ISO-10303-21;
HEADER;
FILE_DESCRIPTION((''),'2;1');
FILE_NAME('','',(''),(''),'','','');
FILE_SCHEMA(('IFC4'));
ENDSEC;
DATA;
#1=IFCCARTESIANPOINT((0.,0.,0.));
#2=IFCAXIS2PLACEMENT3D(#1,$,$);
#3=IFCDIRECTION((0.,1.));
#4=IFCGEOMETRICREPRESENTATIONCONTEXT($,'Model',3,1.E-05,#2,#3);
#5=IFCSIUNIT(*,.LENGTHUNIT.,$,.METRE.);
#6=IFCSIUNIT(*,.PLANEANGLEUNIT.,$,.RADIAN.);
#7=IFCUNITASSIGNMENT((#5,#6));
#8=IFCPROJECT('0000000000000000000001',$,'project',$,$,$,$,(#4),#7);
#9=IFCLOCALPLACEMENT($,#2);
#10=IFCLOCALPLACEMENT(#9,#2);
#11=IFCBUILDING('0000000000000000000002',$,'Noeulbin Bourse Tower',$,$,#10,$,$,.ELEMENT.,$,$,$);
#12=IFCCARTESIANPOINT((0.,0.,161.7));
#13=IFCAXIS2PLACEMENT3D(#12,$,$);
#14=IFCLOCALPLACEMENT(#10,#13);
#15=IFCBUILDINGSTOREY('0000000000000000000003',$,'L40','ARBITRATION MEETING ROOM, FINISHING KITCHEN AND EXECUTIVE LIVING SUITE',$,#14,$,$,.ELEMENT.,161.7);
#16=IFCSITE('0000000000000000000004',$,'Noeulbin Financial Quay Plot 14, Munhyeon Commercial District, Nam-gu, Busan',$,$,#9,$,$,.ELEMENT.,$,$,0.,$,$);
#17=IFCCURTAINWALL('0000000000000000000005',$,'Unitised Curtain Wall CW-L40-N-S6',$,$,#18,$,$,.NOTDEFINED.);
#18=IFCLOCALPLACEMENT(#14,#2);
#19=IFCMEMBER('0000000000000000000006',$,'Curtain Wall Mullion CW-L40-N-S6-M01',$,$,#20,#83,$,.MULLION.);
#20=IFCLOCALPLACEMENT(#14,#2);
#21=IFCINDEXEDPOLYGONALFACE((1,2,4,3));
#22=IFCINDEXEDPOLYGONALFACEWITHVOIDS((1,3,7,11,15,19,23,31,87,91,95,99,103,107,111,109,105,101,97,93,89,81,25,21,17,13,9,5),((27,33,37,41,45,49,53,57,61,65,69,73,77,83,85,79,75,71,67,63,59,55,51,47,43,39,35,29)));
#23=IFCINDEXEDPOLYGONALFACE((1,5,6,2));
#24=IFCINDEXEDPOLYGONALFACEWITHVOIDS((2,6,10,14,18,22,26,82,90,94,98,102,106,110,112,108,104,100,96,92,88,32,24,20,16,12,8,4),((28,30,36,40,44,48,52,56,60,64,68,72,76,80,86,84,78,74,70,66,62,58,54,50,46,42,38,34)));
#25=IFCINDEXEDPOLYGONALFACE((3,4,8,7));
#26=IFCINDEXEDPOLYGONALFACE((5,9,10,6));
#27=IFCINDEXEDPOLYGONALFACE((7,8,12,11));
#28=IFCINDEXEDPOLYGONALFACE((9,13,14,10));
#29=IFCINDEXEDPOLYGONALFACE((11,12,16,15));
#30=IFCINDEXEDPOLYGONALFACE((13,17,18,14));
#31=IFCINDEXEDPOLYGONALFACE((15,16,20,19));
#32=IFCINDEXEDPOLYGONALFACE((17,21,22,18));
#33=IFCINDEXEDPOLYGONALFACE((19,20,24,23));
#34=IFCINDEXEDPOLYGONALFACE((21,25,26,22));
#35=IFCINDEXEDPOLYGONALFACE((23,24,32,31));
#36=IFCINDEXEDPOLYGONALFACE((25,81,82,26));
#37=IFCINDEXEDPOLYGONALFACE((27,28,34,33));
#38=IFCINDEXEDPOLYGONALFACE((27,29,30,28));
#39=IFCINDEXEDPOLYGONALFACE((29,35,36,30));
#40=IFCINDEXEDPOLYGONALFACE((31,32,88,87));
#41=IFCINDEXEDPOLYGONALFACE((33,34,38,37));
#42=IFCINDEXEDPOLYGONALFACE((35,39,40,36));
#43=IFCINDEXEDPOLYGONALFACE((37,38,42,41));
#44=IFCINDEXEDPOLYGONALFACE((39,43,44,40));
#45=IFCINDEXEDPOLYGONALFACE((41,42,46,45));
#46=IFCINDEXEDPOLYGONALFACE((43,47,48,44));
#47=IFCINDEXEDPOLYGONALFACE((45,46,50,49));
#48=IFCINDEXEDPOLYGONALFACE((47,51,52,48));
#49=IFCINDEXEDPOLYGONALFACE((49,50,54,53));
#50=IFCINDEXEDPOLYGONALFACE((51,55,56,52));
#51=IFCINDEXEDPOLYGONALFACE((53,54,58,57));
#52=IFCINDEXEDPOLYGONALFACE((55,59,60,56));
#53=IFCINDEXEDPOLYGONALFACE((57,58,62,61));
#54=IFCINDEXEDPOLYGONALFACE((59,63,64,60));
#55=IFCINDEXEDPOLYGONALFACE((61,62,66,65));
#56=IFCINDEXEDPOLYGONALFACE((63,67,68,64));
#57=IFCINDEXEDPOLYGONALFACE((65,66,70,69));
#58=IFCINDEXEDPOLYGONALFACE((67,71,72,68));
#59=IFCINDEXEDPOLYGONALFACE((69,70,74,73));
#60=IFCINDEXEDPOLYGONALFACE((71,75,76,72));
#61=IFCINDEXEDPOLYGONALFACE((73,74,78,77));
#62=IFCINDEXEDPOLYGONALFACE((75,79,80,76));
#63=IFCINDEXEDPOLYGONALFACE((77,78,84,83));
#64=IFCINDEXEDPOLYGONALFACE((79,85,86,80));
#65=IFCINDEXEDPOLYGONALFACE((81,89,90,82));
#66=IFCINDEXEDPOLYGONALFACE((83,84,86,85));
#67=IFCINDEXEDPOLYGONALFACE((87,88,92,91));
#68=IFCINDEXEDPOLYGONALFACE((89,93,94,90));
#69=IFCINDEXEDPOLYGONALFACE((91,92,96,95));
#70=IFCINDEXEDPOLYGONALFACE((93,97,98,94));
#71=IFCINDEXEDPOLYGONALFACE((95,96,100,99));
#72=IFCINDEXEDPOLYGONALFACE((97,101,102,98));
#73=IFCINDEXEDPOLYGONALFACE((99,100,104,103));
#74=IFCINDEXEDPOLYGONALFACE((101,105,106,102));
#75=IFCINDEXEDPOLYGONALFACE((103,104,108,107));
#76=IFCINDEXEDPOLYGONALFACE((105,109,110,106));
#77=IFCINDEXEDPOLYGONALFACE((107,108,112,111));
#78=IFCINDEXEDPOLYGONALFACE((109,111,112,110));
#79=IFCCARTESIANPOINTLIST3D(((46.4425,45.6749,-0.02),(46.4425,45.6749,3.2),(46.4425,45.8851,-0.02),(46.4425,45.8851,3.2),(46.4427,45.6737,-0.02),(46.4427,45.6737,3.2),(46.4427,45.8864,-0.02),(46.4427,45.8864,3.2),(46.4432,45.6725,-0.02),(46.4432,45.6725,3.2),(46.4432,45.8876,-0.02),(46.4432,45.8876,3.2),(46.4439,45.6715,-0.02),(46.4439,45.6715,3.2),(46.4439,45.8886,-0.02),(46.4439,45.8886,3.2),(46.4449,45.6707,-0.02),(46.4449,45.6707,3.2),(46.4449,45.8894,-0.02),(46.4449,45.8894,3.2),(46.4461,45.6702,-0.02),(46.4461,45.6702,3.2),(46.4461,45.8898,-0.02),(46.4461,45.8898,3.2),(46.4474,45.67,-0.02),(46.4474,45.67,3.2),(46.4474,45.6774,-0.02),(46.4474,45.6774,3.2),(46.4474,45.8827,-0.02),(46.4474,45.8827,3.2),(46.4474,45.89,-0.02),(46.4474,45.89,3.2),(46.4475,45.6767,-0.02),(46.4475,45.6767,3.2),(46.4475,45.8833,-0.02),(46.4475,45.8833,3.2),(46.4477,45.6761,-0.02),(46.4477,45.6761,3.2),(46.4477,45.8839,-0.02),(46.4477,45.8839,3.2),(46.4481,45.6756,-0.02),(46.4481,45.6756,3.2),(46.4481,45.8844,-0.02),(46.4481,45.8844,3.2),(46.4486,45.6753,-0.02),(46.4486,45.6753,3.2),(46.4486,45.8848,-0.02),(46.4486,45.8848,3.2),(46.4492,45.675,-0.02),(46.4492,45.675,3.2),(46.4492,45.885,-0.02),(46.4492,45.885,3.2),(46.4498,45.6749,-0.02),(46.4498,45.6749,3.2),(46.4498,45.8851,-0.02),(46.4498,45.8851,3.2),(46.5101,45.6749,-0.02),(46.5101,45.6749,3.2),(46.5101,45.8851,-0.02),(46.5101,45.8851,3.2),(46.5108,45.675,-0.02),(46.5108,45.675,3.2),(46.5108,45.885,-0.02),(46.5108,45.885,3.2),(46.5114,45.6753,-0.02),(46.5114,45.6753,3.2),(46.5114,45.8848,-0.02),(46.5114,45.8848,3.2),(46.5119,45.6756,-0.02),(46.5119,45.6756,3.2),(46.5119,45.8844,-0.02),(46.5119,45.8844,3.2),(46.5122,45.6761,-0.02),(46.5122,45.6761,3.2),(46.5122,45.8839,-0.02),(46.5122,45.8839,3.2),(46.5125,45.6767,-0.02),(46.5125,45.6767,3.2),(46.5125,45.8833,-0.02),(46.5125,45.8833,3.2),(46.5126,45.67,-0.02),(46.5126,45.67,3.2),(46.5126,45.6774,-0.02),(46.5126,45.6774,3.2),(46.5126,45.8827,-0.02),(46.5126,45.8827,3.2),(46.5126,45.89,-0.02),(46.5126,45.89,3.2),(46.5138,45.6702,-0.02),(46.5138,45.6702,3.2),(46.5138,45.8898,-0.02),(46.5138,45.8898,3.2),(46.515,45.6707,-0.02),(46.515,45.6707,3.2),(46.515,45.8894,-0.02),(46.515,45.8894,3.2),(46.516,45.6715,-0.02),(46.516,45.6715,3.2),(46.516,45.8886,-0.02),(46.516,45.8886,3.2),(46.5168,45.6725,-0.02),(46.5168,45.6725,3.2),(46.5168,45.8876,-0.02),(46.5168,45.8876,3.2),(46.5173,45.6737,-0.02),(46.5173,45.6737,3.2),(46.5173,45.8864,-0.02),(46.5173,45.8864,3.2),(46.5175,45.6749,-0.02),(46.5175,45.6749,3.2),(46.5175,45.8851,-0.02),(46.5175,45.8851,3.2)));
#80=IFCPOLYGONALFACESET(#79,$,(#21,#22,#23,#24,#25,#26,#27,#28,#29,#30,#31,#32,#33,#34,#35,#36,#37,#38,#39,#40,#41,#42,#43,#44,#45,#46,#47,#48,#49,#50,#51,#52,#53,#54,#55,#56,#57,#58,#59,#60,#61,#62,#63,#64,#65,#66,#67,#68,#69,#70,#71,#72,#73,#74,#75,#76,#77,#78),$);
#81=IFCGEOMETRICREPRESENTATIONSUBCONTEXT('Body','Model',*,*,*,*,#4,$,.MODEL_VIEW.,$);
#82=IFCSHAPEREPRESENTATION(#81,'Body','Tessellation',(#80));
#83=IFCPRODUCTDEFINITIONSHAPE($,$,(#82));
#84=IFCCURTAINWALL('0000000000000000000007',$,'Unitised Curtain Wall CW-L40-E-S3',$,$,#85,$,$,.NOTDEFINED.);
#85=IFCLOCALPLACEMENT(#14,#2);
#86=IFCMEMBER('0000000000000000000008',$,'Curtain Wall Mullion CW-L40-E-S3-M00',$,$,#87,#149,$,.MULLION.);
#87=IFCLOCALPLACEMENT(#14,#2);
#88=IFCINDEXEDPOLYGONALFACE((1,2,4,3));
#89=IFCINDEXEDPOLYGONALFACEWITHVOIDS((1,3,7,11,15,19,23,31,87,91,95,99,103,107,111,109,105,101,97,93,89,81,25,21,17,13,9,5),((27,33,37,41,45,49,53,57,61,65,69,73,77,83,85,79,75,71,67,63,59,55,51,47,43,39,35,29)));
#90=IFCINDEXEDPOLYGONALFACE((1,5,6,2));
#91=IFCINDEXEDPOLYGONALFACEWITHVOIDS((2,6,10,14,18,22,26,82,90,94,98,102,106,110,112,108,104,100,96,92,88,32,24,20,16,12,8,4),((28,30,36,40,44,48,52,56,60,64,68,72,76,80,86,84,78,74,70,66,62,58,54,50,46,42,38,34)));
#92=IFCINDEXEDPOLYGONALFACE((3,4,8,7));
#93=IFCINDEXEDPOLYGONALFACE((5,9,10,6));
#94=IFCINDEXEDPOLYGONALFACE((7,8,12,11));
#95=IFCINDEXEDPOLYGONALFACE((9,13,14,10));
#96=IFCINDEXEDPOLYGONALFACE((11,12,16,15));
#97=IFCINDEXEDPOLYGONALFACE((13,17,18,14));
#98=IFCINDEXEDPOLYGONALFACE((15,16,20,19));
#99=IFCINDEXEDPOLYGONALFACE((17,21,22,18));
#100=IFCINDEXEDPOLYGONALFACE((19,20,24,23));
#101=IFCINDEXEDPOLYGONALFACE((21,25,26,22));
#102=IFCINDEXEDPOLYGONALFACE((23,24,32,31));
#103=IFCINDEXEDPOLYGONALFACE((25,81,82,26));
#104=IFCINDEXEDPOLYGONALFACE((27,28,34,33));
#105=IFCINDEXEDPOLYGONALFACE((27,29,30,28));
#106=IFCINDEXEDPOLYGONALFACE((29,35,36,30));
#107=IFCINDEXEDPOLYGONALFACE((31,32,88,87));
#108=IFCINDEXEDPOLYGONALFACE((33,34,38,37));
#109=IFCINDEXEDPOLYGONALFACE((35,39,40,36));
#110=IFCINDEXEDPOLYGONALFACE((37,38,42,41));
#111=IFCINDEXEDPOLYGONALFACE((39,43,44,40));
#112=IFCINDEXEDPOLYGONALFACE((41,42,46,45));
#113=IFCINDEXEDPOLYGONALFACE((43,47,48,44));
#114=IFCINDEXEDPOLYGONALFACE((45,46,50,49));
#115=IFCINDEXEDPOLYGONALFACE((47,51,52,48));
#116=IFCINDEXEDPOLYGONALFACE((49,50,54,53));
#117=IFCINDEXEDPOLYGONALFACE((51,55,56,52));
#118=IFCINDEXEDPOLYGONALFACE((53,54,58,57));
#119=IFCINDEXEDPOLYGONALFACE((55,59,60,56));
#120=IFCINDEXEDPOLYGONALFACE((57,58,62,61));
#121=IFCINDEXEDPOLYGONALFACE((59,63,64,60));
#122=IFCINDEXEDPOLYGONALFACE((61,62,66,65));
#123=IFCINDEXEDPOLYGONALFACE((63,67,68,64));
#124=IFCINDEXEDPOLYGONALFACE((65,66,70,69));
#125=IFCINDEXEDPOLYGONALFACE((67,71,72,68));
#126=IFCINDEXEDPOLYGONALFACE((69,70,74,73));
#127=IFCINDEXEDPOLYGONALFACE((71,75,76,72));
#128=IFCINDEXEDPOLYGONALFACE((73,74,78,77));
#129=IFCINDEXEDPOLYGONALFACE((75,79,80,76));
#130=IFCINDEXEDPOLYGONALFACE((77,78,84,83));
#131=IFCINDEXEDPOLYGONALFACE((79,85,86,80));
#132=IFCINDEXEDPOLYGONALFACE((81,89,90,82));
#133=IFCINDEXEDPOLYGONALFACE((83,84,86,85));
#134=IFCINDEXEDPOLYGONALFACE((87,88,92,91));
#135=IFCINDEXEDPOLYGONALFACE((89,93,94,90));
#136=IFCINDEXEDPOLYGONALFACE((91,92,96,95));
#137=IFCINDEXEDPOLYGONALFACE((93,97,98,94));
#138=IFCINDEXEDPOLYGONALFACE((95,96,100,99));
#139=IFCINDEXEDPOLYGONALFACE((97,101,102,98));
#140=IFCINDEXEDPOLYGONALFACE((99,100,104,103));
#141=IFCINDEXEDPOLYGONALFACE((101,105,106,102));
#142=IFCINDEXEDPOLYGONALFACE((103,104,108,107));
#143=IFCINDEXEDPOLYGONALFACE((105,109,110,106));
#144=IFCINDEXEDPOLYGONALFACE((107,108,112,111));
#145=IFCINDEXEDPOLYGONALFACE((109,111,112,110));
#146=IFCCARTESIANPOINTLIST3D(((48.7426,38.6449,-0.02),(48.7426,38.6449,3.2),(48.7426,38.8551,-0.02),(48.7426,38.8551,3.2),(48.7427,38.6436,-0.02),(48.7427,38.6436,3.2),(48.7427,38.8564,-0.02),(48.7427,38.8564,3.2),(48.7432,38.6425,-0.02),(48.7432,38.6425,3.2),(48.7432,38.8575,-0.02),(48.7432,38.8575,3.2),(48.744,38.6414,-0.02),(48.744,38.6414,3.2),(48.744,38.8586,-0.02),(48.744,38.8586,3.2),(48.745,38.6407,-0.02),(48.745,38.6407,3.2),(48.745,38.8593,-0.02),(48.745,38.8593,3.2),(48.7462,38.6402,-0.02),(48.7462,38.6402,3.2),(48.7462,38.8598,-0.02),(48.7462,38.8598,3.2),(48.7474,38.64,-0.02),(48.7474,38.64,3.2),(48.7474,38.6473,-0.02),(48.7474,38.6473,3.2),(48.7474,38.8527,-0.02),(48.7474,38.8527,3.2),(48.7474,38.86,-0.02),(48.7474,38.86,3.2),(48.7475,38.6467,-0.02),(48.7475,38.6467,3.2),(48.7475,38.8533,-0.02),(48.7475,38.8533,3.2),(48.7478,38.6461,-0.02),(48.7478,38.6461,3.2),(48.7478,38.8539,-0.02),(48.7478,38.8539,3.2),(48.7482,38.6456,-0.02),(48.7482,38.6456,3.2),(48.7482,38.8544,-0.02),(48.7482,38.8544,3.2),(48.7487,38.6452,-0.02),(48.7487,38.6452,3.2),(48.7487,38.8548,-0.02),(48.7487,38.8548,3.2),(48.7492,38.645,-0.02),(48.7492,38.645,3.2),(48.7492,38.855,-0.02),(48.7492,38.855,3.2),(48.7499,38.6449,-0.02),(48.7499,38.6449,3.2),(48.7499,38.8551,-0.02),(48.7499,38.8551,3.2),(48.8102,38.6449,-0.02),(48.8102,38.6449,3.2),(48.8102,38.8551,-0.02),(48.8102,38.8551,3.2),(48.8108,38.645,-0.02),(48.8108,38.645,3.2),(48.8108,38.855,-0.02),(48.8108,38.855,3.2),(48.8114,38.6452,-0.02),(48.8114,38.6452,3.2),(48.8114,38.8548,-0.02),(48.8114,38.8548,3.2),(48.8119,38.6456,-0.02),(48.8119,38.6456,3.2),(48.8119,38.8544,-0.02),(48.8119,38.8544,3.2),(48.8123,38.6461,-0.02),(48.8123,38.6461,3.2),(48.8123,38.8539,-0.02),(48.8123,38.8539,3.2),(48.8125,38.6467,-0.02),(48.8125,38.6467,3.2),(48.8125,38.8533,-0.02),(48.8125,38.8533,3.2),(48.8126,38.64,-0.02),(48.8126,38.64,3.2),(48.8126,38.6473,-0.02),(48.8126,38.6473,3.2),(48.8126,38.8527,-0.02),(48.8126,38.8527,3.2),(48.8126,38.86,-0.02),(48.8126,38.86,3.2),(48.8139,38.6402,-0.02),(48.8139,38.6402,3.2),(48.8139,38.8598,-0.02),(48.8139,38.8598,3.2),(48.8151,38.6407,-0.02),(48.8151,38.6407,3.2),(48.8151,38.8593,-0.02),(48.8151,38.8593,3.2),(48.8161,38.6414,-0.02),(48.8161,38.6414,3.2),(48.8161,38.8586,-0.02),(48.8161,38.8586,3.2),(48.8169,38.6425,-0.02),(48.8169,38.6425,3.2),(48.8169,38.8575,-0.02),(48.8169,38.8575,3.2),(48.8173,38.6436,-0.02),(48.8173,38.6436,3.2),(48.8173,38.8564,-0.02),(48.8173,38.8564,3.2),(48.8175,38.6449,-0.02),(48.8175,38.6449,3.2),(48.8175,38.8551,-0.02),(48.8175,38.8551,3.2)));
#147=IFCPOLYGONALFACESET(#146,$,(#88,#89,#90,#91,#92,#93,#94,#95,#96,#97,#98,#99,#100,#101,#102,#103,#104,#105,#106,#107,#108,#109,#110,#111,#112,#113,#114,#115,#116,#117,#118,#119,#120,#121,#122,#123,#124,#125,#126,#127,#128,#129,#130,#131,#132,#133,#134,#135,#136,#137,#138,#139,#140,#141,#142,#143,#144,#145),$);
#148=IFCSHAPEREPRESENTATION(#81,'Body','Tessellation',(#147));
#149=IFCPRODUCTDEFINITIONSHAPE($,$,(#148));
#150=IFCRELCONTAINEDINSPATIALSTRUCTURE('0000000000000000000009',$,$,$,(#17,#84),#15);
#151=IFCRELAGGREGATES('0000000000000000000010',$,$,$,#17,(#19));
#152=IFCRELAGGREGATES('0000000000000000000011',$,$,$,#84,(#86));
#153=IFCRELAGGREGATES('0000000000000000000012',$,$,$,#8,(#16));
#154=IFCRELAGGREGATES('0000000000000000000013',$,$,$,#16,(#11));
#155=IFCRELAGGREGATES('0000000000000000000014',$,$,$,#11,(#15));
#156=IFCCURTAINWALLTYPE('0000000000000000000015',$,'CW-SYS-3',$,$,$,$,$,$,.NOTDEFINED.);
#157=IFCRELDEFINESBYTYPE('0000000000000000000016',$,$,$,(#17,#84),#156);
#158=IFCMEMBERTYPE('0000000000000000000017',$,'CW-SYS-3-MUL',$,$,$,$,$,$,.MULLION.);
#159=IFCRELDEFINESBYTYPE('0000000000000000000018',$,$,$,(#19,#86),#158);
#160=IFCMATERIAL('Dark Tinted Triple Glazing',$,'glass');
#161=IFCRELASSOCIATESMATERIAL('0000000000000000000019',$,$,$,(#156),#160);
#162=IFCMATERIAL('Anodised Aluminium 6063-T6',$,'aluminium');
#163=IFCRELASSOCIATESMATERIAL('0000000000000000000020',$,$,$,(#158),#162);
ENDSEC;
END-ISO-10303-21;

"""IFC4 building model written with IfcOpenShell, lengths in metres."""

from ifc_helpers import new_model, si_unit, direction, frame, origin, origin_2d, place, context, subcontext, project, spatial, hollow_rectangle, extrude, material, material_profile, profile_set, type_object, element, aggregate, save


model = new_model("IFC4")

# Units and contexts
model_context = context("Model", 3, precision=1e-05, world=origin(), true_north=direction((0.0, 1.0)))
body_context = subcontext(model_context, "Body", "Model", "MODEL_VIEW")
ifc_project = project(units=[si_unit("LENGTHUNIT", "METRE"), si_unit("PLANEANGLEUNIT", "RADIAN")], contexts=[model_context])

# Site, building, storey
site_placement = place(None, origin())
site = spatial("IfcSite", under=ifc_project, at=site_placement, Name="Noeulbin Financial Quay Plot 14, Munhyeon Commercial District, Nam-gu, Busan", CompositionType="ELEMENT", RefElevation=0.0)
building_placement = place(site_placement, origin())
building = spatial("IfcBuilding", under=site, at=building_placement, Name="Noeulbin Bourse Tower", CompositionType="ELEMENT")
storey_placement = place(building_placement, frame((0.0, 0.0, 161.7)))
storey = spatial("IfcBuildingStorey", under=building, at=storey_placement, Name="L40", Description="ARBITRATION MEETING ROOM, FINISHING KITCHEN AND EXECUTIVE LIVING SUITE", CompositionType="ELEMENT", Elevation=161.7)

# Shared definitions
ifc_material_1 = material(Name="Dark Tinted Triple Glazing", Category="glass")
curtain_wall_type = type_object("IfcCurtainWallType", Name="CW-SYS-3", PredefinedType="NOTDEFINED", material=ifc_material_1)
ifc_material_2 = material(Name="Anodised Aluminium 6063-T6", Category="aluminium")
ifc_material_profile_1 = material_profile(ifc_material_2, hollow_rectangle(XDim=0.075, YDim=0.22, WallThickness=0.0049, InnerFilletRadius=0.0024, OuterFilletRadius=0.0049, at=origin_2d()), Name="ALU-MULL-75x220x5", Category="LoadBearing")
ifc_profile_set_1 = profile_set([ifc_material_profile_1], Name="Anodised Aluminium 6063-T6")
member_type_1 = type_object("IfcMemberType", Name="CW-SYS-3-MUL", PredefinedType="MULLION", material=ifc_profile_set_1)

# Curtain walls, members
curtain_wall_1_placement = place(storey_placement, origin())
curtain_wall_1 = element("IfcCurtainWall", 1, at=curtain_wall_1_placement, inside=storey, type_object=curtain_wall_type, Name="Unitised Curtain Wall CW-L40-N-S6", PredefinedType="NOTDEFINED")
member_1_placement = place(storey_placement, frame((46.48, 45.78, -0.02), z_axis=(0.0, 0.0, 1.0), x_axis=(1.0, 0.0, 0.0)))
member_1 = element("IfcMember", 2, at=member_1_placement, type_object=member_type_1, Name="Curtain Wall Mullion CW-L40-N-S6-M01", PredefinedType="MULLION", context=body_context, shape_type="SweptSolid", body=[
    extrude(hollow_rectangle(XDim=0.075, YDim=0.22, WallThickness=0.0049, InnerFilletRadius=0.0024, OuterFilletRadius=0.0049, at=origin_2d()), origin(), (0.0, 0.0, 1.0), 3.22),
])
curtain_wall_2_placement = place(storey_placement, origin())
curtain_wall_2 = element("IfcCurtainWall", 3, at=curtain_wall_2_placement, inside=storey, type_object=curtain_wall_type, Name="Unitised Curtain Wall CW-L40-E-S3", PredefinedType="NOTDEFINED")
member_2_placement = place(storey_placement, frame((48.78, 38.75, -0.02), z_axis=(0.0, 0.0, 1.0), x_axis=(1.0, 0.0, 0.0)))
member_2 = element("IfcMember", 4, at=member_2_placement, type_object=member_type_1, Name="Curtain Wall Mullion CW-L40-E-S3-M00", PredefinedType="MULLION", context=body_context, shape_type="SweptSolid", body=[
    extrude(hollow_rectangle(XDim=0.075, YDim=0.22, WallThickness=0.0049, InnerFilletRadius=0.0024, OuterFilletRadius=0.0049, at=origin_2d()), origin(), (0.0, 0.0, 1.0), 3.22),
])

aggregate(curtain_wall_1, [member_1])
aggregate(curtain_wall_2, [member_2])

save(model, "model.ifc")
